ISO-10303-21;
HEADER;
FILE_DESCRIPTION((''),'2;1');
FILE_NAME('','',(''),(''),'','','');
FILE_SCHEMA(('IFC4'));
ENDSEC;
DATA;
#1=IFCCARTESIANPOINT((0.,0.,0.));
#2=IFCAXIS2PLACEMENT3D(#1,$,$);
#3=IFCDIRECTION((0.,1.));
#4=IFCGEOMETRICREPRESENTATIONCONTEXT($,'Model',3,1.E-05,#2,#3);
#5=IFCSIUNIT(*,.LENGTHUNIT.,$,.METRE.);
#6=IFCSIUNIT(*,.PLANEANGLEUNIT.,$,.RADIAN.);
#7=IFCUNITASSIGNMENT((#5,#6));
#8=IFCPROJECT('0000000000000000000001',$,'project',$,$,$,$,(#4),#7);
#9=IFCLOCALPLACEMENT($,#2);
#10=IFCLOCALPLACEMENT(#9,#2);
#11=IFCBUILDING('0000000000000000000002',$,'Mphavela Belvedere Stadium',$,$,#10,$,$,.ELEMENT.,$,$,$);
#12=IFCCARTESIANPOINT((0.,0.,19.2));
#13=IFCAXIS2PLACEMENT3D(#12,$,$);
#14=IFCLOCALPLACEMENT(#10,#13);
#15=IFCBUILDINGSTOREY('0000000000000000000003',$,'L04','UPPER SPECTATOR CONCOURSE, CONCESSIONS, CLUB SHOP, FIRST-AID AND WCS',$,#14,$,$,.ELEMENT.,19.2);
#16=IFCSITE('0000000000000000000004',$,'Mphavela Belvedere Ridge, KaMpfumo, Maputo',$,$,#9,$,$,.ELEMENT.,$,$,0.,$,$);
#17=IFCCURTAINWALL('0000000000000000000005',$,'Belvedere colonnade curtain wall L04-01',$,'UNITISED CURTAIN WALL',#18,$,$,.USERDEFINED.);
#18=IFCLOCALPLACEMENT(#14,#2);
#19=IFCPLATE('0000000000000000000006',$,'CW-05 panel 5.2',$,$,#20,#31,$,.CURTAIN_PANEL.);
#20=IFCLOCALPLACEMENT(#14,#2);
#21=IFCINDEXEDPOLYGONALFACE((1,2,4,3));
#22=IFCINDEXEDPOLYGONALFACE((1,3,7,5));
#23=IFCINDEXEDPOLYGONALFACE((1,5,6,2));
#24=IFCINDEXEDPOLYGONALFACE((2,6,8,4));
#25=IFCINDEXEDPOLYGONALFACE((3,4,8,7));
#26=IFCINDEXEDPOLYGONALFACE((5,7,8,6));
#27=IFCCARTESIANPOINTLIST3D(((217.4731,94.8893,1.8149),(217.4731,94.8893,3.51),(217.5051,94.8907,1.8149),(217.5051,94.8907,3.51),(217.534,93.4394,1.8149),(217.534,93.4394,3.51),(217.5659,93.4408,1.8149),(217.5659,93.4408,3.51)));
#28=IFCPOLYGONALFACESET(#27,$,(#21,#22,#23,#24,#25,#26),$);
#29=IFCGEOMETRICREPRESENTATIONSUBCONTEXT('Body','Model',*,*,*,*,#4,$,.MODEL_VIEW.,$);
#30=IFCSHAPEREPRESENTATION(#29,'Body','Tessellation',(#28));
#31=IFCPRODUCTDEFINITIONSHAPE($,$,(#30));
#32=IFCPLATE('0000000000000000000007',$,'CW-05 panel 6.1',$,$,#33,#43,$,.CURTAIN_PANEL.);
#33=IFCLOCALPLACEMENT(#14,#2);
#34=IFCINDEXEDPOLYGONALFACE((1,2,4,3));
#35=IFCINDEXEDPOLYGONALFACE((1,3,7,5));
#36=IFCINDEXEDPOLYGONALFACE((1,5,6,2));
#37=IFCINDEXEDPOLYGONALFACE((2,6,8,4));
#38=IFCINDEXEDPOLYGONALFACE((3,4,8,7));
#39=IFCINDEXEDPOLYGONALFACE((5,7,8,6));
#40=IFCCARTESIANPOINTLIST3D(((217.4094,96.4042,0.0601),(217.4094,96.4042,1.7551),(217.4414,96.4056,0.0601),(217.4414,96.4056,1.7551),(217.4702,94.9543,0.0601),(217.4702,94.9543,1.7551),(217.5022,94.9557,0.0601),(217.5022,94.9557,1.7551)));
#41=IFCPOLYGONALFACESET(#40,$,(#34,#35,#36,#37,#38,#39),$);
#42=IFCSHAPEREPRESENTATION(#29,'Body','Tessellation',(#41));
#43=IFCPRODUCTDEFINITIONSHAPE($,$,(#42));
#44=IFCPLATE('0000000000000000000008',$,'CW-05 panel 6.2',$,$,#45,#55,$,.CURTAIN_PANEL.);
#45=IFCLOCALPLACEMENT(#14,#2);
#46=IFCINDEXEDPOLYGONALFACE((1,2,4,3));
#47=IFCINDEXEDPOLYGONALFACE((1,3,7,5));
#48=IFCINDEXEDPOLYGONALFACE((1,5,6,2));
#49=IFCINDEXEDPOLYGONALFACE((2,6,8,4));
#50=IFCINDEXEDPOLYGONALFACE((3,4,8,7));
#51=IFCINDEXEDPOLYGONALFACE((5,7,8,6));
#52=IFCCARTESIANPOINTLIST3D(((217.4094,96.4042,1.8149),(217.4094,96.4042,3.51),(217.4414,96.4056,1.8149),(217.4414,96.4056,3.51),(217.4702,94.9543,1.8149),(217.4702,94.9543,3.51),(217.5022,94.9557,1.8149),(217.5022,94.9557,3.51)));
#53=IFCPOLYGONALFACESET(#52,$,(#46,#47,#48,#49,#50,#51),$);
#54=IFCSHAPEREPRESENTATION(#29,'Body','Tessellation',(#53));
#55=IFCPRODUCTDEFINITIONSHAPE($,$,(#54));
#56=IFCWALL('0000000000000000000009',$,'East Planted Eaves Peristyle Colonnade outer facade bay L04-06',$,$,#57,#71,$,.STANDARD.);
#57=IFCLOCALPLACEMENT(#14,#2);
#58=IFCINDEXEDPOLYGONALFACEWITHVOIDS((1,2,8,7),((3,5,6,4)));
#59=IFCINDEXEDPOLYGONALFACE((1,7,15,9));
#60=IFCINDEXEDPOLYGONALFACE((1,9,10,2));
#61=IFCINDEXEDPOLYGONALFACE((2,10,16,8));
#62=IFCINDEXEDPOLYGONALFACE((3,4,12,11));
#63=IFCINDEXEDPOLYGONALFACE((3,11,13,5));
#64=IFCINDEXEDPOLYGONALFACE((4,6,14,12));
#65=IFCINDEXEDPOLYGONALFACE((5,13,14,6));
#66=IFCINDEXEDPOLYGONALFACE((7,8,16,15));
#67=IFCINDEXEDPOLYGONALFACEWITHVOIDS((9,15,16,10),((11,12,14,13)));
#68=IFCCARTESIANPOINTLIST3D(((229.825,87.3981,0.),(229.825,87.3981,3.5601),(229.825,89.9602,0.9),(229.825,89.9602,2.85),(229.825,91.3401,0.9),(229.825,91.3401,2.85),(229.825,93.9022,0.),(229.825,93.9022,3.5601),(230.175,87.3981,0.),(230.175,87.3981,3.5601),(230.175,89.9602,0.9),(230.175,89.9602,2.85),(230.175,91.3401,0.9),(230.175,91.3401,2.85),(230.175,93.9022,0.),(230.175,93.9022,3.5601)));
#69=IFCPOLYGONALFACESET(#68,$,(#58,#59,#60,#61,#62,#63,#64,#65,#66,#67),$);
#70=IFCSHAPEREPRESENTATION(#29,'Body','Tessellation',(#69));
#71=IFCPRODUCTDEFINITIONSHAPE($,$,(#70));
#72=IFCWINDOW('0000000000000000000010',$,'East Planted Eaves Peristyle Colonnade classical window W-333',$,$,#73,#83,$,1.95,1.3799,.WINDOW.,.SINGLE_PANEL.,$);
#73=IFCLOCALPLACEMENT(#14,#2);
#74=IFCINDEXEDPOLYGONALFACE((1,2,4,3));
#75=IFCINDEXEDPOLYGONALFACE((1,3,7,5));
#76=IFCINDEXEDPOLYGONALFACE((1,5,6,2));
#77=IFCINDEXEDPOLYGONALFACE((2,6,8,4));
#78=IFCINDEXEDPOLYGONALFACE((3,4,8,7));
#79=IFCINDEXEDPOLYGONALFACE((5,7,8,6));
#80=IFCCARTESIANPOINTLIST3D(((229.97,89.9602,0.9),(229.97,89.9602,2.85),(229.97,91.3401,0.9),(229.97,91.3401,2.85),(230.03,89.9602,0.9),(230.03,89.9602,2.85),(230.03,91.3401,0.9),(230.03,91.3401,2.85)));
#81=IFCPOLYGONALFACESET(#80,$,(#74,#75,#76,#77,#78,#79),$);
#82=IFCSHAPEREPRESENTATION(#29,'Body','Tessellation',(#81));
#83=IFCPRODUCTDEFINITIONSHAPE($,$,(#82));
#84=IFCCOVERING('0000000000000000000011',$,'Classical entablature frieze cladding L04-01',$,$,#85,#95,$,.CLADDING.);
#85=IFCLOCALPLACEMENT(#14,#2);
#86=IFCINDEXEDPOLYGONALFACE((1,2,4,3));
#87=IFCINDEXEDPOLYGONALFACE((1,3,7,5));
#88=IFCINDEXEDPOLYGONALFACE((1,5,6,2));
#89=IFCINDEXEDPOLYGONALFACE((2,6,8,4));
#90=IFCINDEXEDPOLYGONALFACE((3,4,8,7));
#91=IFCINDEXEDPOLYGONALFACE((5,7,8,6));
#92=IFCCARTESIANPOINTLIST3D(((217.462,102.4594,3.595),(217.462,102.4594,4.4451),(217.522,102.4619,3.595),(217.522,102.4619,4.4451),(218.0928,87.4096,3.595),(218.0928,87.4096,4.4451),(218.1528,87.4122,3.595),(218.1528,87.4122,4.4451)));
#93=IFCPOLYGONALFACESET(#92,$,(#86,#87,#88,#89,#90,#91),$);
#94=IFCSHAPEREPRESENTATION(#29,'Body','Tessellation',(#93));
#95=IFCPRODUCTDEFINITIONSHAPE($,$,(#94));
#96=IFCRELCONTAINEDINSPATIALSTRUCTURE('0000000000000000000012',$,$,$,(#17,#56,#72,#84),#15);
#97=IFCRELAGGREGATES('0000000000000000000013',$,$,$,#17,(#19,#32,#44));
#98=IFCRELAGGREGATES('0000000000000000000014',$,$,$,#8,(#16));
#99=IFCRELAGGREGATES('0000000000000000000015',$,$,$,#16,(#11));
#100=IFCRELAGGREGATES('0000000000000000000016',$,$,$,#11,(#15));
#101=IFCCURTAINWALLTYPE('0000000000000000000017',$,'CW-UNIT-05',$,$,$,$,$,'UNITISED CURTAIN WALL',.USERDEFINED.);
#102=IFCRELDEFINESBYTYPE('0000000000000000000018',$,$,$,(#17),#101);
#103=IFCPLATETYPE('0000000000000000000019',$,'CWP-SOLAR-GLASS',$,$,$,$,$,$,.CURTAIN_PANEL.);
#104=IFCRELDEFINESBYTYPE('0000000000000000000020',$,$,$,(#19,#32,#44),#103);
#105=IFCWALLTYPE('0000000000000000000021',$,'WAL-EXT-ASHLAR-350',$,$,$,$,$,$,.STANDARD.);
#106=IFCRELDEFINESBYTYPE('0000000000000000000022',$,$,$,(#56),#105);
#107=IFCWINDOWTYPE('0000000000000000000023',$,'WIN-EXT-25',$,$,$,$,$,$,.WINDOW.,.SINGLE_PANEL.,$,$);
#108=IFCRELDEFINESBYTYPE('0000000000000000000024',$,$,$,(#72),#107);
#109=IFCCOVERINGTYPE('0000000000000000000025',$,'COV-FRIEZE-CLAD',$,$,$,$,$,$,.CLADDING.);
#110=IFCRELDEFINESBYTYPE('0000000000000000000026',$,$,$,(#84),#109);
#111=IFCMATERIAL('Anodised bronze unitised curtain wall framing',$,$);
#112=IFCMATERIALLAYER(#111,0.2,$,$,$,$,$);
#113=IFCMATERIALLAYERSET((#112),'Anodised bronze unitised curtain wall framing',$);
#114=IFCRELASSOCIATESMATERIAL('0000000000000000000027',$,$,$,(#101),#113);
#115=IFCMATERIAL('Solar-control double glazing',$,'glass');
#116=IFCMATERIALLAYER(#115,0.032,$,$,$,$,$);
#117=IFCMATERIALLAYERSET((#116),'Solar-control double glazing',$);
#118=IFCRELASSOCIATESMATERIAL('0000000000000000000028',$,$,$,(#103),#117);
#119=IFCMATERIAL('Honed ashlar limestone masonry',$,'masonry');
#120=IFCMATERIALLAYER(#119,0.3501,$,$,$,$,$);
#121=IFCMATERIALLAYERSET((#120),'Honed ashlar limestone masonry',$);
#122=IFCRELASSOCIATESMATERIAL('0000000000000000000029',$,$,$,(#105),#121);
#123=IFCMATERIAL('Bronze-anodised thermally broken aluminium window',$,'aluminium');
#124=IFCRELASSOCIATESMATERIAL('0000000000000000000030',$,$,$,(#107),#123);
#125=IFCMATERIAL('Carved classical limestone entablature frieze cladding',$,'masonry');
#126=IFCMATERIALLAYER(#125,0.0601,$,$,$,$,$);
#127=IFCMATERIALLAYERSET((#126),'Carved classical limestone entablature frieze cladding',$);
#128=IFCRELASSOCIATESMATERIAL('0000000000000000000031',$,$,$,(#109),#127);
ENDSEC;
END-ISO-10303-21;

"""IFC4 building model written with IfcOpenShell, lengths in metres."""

from ifc_helpers import new_model, si_unit, direction, frame, frame_2d, origin, origin_2d, place, context, subcontext, project, spatial, rectangle, extrude, material, layer, layer_set, type_object, element, fill, aggregate, save


model = new_model("IFC4")

# Units and contexts
model_context = context("Model", 3, precision=1e-05, world=origin(), true_north=direction((0.0, 1.0)))
body_context = subcontext(model_context, "Body", "Model", "MODEL_VIEW")
ifc_project = project(units=[si_unit("LENGTHUNIT", "METRE"), si_unit("PLANEANGLEUNIT", "RADIAN")], contexts=[model_context])

# Site, building, storey
site_placement = place(None, origin())
site = spatial("IfcSite", under=ifc_project, at=site_placement, Name="Mphavela Belvedere Ridge, KaMpfumo, Maputo", CompositionType="ELEMENT", RefElevation=0.0)
building_placement = place(site_placement, origin())
building = spatial("IfcBuilding", under=site, at=building_placement, Name="Mphavela Belvedere Stadium", CompositionType="ELEMENT")
storey_placement = place(building_placement, frame((0.0, 0.0, 19.2)))
storey = spatial("IfcBuildingStorey", under=building, at=storey_placement, Name="L04", Description="UPPER SPECTATOR CONCOURSE, CONCESSIONS, CLUB SHOP, FIRST-AID AND WCS", CompositionType="ELEMENT", Elevation=19.2)

# Curtain wall, plates
ifc_material_1 = material(Name="Anodised bronze unitised curtain wall framing")
ifc_layer_1 = layer(ifc_material_1, 0.2)
ifc_layer_set_1 = layer_set([ifc_layer_1], Name="Anodised bronze unitised curtain wall framing")
curtain_wall_type = type_object("IfcCurtainWallType", Name="CW-UNIT-05", ElementType="UNITISED CURTAIN WALL", PredefinedType="USERDEFINED", material=ifc_layer_set_1)
curtain_wall_placement = place(storey_placement, origin())
curtain_wall = element("IfcCurtainWall", 1, at=curtain_wall_placement, inside=storey, type_object=curtain_wall_type, Name="Belvedere colonnade curtain wall L04-01", ObjectType="UNITISED CURTAIN WALL", PredefinedType="USERDEFINED")
ifc_material_2 = material(Name="Solar-control double glazing", Category="glass")
ifc_layer_2 = layer(ifc_material_2, 0.032)
ifc_layer_set_2 = layer_set([ifc_layer_2], Name="Solar-control double glazing")
plate_type = type_object("IfcPlateType", Name="CWP-SOLAR-GLASS", PredefinedType="CURTAIN_PANEL", material=ifc_layer_set_2)
plate_1_placement = place(storey_placement, frame((217.5195, 94.165, 1.8149), z_axis=(0.0, 0.0, 1.0), x_axis=(-0.041905, 0.999122, 0.0)))
plate_1 = element("IfcPlate", 2, at=plate_1_placement, type_object=plate_type, Name="CW-05 panel 5.2", PredefinedType="CURTAIN_PANEL", context=body_context, shape_type="SweptSolid", body=[
    extrude(rectangle(XDim=1.4512, YDim=0.032, at=origin_2d()), origin(), (0.0, 0.0, 1.0), 1.6951),
])
plate_2_placement = place(storey_placement, frame((217.4558, 95.6799, 0.0601), z_axis=(0.0, 0.0, 1.0), x_axis=(-0.041905, 0.999122, 0.0)))
plate_2 = element("IfcPlate", 3, at=plate_2_placement, type_object=plate_type, Name="CW-05 panel 6.1", PredefinedType="CURTAIN_PANEL", context=body_context, shape_type="SweptSolid", body=[
    extrude(rectangle(XDim=1.4512, YDim=0.032, at=origin_2d()), origin(), (0.0, 0.0, 1.0), 1.6951),
])
plate_3_placement = place(storey_placement, frame((217.4558, 95.6799, 1.8149), z_axis=(0.0, 0.0, 1.0), x_axis=(-0.041905, 0.999122, 0.0)))
plate_3 = element("IfcPlate", 4, at=plate_3_placement, type_object=plate_type, Name="CW-05 panel 6.2", PredefinedType="CURTAIN_PANEL", context=body_context, shape_type="SweptSolid", body=[
    extrude(rectangle(XDim=1.4512, YDim=0.032, at=origin_2d()), origin(), (0.0, 0.0, 1.0), 1.6951),
])
aggregate(curtain_wall, [plate_1, plate_2, plate_3])

# Wall, opening, window
ifc_material_3 = material(Name="Honed ashlar limestone masonry", Category="masonry")
ifc_layer_3 = layer(ifc_material_3, 0.3501)
ifc_layer_set_3 = layer_set([ifc_layer_3], Name="Honed ashlar limestone masonry")
wall_type = type_object("IfcWallType", Name="WAL-EXT-ASHLAR-350", PredefinedType="STANDARD", material=ifc_layer_set_3)
wall_placement = place(storey_placement, frame((230.0, 93.9021, 0.0), z_axis=(0.0, 0.0, 1.0), x_axis=(0.0, -1.0, 0.0)))
wall = element("IfcWall", 5, at=wall_placement, inside=storey, type_object=wall_type, Name="East Planted Eaves Peristyle Colonnade outer facade bay L04-06", PredefinedType="STANDARD", context=body_context, shape_type="SweptSolid", body=[
    extrude(rectangle(XDim=6.5042, YDim=0.3501, at=frame_2d((3.252, 0.0))), origin(), (0.0, 0.0, 1.0), 3.5601),
])
opening_placement = place(wall_placement, frame((2.562, 0.0, 0.8999)))
opening = element("IfcOpeningElement", 6, at=opening_placement, cuts=wall, PredefinedType="OPENING", context=body_context, shape_type="SweptSolid", body=[
    extrude(rectangle(XDim=1.3799, YDim=1.95, at=frame_2d((0.6899, 0.9751))), frame((0.0, 0.1851, 0.0), z_axis=(0.0, -1.0, 0.0), x_axis=(1.0, 0.0, 0.0)), (0.0, 0.0, 1.0), 0.3701),
])
ifc_material_4 = material(Name="Bronze-anodised thermally broken aluminium window", Category="aluminium")
window_type = type_object("IfcWindowType", Name="WIN-EXT-25", PartitioningType="SINGLE_PANEL", PredefinedType="WINDOW", material=ifc_material_4)
window_placement = place(opening_placement, origin())
window = element("IfcWindow", 7, at=window_placement, inside=storey, type_object=window_type, Name="East Planted Eaves Peristyle Colonnade classical window W-333", OverallHeight=1.95, OverallWidth=1.3799, PartitioningType="SINGLE_PANEL", PredefinedType="WINDOW", context=body_context, shape_type="SweptSolid", body=[
    extrude(rectangle(XDim=1.3799, YDim=1.95, at=frame_2d((0.6899, 0.9751))), frame((0.0, 0.03, 0.0), z_axis=(0.0, -1.0, 0.0), x_axis=(1.0, 0.0, 0.0)), (0.0, 0.0, 1.0), 0.0601),
])
fill(opening, window)

# Covering
ifc_material_5 = material(Name="Carved classical limestone entablature frieze cladding", Category="masonry")
ifc_layer_4 = layer(ifc_material_5, 0.0601)
ifc_layer_set_4 = layer_set([ifc_layer_4], Name="Carved classical limestone entablature frieze cladding")
covering_type = type_object("IfcCoveringType", Name="COV-FRIEZE-CLAD", PredefinedType="CLADDING", material=ifc_layer_set_4)
covering_placement = place(storey_placement, frame((217.8074, 94.9358, 3.595), z_axis=(0.0, 0.0, 1.0), x_axis=(-0.041876, 0.999123, 0.0)))
element("IfcCovering", 8, at=covering_placement, inside=storey, type_object=covering_type, Name="Classical entablature frieze cladding L04-01", PredefinedType="CLADDING", context=body_context, shape_type="SweptSolid", body=[
    extrude(rectangle(XDim=15.063, YDim=0.0601, at=origin_2d()), origin(), (0.0, 0.0, 1.0), 0.8501),
])

save(model, "model.ifc")
